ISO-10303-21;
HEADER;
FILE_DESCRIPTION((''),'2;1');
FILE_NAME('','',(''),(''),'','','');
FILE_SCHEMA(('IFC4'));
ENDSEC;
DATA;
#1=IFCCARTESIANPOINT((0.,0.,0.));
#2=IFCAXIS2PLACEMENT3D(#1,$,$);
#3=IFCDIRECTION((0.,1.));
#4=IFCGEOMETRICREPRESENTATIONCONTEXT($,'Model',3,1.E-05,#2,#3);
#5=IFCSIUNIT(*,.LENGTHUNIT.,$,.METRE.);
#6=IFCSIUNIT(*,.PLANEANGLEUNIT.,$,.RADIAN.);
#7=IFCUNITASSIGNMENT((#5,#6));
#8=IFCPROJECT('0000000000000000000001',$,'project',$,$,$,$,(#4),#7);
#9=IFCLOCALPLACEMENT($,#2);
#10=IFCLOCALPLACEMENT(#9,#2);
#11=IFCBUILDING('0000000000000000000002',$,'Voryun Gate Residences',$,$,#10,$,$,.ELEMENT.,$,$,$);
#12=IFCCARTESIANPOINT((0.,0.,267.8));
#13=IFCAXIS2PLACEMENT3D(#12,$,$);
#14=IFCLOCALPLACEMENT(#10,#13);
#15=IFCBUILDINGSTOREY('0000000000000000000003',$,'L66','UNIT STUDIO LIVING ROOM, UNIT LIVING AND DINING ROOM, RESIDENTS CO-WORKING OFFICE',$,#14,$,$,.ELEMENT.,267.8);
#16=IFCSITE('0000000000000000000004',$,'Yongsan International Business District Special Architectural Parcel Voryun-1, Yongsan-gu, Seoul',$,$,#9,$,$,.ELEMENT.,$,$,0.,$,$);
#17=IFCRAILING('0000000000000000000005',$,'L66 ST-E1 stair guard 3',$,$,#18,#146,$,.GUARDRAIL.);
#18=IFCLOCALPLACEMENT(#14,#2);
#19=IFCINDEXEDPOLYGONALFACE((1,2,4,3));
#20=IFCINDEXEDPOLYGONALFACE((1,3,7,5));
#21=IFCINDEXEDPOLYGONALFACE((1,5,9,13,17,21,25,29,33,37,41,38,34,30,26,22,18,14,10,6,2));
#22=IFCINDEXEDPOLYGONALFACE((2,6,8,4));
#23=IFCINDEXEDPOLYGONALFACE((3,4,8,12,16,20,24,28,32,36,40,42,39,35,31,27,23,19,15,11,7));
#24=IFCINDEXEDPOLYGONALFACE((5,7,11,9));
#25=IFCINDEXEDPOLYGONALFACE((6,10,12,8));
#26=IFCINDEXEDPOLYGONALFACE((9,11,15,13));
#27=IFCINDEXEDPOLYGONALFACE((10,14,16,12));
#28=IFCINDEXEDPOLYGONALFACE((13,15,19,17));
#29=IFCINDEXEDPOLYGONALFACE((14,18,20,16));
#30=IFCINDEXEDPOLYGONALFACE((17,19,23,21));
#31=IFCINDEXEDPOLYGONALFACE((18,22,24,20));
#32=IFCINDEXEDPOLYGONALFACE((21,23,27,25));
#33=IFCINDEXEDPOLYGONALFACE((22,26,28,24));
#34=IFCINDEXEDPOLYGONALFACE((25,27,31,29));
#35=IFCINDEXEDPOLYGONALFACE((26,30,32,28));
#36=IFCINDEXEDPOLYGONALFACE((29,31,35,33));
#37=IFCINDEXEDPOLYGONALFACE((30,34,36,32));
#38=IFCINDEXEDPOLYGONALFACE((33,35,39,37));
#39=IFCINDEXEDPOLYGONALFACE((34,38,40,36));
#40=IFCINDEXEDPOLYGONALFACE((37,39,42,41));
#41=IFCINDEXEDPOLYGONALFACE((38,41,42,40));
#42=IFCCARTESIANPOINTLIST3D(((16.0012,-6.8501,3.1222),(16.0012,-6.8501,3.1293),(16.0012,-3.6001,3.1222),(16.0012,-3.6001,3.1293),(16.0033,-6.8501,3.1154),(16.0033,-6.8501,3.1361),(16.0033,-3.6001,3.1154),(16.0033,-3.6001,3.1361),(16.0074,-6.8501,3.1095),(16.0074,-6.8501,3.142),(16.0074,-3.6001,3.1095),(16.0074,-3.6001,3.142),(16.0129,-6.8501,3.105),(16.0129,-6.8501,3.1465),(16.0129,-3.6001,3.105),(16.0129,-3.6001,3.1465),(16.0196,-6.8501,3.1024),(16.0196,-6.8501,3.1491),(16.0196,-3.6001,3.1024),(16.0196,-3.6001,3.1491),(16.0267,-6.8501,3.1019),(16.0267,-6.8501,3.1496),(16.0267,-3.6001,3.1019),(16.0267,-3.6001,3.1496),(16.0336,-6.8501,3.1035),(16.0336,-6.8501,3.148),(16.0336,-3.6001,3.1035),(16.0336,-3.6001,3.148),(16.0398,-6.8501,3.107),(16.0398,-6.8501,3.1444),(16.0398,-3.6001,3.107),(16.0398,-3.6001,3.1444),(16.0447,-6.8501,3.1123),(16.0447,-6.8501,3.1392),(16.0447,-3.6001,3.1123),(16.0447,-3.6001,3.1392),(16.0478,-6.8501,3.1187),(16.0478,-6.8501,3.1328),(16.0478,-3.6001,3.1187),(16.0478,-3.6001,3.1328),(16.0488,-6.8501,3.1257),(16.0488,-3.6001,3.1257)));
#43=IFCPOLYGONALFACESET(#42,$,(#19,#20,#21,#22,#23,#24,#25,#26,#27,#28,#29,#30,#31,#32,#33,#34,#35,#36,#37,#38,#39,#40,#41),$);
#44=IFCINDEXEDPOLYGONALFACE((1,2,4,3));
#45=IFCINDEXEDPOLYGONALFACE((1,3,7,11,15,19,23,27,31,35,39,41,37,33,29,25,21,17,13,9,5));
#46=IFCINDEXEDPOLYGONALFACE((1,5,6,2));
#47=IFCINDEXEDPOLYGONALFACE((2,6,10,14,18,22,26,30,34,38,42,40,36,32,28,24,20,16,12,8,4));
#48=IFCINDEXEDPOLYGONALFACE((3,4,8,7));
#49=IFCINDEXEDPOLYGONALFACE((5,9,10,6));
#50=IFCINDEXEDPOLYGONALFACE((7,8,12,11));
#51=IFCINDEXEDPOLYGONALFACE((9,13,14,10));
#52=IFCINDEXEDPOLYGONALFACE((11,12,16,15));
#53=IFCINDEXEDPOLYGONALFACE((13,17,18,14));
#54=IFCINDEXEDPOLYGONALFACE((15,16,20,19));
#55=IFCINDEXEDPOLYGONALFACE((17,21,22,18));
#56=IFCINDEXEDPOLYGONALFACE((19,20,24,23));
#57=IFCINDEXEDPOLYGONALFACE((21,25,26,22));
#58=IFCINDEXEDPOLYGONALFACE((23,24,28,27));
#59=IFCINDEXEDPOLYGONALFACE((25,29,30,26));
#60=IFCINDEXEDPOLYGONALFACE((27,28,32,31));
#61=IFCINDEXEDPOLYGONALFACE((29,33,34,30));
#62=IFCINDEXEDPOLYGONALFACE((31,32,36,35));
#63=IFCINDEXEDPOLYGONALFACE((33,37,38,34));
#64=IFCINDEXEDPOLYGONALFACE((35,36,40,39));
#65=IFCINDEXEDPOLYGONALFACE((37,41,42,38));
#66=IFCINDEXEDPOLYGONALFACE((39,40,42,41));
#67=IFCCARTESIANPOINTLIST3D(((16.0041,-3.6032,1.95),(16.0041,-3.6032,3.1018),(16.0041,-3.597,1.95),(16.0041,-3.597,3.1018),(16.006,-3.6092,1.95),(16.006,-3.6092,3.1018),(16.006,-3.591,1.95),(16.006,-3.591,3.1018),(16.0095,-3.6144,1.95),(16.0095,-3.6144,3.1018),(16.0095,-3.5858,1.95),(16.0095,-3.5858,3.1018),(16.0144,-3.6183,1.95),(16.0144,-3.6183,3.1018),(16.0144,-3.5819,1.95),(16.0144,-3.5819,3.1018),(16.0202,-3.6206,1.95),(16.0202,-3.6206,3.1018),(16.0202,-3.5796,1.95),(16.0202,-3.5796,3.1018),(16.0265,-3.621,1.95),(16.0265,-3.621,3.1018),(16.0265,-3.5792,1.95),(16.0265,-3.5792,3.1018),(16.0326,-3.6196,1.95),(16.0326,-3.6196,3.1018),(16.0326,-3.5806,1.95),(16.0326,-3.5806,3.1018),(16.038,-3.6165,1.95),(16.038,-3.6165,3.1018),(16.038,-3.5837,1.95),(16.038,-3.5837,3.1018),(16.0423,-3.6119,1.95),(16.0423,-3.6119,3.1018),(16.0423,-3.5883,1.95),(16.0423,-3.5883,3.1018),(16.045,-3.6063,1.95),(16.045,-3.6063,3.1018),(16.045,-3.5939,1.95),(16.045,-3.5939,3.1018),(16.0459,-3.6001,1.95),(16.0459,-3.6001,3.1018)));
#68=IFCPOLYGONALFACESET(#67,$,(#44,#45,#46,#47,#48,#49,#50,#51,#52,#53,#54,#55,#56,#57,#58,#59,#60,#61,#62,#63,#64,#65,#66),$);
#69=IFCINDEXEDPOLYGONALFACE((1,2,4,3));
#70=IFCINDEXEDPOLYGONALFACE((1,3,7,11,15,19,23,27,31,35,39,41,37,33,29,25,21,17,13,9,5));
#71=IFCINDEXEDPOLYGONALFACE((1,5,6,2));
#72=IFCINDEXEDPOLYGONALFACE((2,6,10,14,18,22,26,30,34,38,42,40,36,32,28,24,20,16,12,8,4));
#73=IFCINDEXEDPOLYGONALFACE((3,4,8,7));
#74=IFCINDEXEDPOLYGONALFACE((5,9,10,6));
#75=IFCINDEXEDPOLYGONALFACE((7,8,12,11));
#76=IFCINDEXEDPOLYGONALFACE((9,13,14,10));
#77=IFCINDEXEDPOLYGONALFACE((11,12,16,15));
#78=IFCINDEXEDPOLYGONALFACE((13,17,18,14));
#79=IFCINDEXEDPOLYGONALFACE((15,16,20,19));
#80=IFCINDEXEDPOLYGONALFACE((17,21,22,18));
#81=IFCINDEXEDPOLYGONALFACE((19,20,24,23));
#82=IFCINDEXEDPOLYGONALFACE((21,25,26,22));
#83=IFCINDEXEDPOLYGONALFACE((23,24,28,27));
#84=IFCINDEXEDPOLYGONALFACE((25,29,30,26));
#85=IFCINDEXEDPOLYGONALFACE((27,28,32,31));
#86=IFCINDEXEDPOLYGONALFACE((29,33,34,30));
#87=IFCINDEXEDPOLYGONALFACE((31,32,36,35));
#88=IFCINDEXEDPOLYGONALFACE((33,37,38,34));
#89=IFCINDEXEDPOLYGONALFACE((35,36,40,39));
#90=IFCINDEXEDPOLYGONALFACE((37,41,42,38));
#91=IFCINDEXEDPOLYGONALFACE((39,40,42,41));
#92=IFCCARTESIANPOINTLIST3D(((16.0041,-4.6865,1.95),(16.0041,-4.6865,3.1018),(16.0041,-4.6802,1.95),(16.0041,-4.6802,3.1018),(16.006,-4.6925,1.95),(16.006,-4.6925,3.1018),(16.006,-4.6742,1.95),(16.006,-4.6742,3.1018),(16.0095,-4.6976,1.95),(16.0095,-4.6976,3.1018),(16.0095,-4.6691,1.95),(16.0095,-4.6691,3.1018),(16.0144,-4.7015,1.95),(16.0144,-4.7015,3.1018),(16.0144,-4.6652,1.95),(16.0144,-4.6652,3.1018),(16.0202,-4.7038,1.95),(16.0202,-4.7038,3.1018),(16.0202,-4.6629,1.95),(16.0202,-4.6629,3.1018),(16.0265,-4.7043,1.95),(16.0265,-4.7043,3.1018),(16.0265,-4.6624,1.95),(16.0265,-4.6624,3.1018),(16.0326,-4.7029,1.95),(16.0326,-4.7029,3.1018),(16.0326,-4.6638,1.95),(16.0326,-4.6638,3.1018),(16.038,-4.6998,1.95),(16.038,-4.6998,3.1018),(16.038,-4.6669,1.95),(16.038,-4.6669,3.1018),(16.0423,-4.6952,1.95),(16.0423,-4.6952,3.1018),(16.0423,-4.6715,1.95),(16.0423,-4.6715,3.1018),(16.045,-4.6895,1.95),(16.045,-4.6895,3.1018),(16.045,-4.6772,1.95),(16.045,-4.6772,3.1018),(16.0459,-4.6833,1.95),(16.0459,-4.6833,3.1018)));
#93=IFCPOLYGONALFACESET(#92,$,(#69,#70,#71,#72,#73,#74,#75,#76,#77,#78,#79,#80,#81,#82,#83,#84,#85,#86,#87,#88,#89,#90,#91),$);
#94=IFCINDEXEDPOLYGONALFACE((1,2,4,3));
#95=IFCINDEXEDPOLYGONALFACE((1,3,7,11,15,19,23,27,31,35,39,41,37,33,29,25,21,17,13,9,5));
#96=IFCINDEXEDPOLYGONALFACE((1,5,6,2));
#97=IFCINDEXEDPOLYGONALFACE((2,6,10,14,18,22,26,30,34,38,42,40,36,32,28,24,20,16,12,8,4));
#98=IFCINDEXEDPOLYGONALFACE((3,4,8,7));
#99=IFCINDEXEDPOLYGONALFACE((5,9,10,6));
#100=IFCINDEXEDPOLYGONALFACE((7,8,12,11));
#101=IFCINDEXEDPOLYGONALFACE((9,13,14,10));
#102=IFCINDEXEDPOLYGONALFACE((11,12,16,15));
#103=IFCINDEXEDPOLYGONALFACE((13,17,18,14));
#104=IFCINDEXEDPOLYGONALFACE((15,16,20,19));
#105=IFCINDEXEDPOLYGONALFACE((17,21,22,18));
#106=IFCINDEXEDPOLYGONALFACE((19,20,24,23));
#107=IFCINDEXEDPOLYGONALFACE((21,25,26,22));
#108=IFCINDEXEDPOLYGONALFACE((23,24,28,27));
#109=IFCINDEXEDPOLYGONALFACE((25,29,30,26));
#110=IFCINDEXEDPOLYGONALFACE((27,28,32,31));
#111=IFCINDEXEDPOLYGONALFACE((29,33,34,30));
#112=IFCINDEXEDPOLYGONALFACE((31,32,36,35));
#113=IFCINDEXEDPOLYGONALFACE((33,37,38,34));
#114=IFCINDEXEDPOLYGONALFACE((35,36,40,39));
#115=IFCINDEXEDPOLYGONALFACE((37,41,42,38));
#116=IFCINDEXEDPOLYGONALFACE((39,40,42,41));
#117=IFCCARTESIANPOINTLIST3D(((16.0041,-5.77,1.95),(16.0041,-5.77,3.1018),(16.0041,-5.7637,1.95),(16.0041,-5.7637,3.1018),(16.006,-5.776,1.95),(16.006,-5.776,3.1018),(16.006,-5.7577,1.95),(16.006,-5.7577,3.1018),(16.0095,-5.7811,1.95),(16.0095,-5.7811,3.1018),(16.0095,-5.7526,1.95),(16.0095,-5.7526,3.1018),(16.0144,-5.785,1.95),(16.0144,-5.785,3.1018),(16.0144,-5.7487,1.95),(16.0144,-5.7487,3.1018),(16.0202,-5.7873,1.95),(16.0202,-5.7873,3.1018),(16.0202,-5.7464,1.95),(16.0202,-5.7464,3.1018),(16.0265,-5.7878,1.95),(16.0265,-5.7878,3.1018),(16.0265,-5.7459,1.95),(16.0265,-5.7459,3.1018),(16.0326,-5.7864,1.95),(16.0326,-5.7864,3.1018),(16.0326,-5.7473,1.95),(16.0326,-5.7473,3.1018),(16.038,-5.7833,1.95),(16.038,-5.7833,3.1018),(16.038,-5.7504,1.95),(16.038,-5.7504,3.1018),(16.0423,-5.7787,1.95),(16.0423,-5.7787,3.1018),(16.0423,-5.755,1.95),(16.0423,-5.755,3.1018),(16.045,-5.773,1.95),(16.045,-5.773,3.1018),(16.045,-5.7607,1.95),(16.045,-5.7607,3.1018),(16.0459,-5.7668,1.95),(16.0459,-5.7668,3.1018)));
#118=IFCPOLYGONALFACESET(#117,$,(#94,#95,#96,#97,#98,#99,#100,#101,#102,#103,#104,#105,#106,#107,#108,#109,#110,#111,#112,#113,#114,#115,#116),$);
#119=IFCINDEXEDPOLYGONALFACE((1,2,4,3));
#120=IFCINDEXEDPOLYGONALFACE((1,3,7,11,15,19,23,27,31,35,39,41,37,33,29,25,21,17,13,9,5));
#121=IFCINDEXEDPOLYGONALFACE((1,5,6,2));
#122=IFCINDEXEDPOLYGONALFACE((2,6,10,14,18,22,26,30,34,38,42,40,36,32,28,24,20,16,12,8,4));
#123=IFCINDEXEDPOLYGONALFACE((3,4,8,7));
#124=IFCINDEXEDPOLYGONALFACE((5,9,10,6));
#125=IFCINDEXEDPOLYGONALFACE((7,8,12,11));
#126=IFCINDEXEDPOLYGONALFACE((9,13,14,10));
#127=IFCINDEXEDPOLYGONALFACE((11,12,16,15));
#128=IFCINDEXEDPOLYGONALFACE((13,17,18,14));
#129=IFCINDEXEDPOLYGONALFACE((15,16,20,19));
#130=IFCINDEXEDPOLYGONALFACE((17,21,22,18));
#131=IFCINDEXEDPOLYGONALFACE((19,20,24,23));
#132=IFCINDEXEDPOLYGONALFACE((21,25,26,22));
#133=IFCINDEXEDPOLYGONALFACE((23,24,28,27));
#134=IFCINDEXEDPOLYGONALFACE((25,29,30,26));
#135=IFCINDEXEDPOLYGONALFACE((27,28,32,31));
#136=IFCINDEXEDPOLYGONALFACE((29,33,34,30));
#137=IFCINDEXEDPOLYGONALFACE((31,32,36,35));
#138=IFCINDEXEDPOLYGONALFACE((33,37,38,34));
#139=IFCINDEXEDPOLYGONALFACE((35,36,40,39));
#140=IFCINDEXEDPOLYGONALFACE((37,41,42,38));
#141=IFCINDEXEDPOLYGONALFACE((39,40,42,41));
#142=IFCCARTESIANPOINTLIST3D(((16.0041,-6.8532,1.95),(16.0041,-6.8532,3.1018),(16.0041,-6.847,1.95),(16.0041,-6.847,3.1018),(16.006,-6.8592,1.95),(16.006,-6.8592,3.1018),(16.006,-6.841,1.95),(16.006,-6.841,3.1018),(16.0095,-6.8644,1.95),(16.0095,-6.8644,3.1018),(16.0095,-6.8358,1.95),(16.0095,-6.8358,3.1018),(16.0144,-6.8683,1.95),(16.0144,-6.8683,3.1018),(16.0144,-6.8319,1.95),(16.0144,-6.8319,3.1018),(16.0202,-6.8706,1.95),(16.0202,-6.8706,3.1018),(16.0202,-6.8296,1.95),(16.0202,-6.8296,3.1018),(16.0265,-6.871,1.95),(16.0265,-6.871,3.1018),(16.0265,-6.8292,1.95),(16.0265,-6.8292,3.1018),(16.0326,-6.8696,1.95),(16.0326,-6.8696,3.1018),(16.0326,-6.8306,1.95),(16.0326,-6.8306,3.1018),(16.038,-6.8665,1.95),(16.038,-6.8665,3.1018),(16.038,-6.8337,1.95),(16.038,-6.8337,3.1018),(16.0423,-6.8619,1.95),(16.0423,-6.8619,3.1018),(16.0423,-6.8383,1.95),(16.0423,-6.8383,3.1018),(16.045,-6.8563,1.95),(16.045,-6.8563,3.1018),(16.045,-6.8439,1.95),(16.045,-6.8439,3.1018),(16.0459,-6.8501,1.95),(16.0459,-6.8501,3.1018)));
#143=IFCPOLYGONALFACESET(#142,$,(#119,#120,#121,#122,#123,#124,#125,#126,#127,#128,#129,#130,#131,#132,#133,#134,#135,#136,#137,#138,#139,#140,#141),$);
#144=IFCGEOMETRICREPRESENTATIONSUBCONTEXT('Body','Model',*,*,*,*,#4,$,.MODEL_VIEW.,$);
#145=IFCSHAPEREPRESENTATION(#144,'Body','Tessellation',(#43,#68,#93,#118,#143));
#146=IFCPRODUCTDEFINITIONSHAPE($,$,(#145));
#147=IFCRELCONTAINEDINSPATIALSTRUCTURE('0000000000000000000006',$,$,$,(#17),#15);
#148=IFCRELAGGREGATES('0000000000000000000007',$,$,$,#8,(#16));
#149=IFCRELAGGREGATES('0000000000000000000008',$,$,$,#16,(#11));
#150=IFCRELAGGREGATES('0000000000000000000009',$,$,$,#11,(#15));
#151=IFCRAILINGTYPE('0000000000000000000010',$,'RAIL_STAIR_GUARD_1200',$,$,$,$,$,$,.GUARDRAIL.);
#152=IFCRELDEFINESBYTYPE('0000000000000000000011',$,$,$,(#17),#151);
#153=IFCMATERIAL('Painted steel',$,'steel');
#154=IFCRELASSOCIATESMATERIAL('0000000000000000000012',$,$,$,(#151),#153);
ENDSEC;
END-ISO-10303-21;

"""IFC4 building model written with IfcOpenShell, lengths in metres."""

from ifc_helpers import new_model, si_unit, direction, frame, origin, origin_2d, place, context, subcontext, project, spatial, circle, extrude, material, type_object, element, save


model = new_model("IFC4")

# Units and contexts
model_context = context("Model", 3, precision=1e-05, world=origin(), true_north=direction((0.0, 1.0)))
body_context = subcontext(model_context, "Body", "Model", "MODEL_VIEW")
ifc_project = project(units=[si_unit("LENGTHUNIT", "METRE"), si_unit("PLANEANGLEUNIT", "RADIAN")], contexts=[model_context])

# Site, building, storey
site_placement = place(None, origin())
site = spatial("IfcSite", under=ifc_project, at=site_placement, Name="Yongsan International Business District Special Architectural Parcel Voryun-1, Yongsan-gu, Seoul", CompositionType="ELEMENT", RefElevation=0.0)
building_placement = place(site_placement, origin())
building = spatial("IfcBuilding", under=site, at=building_placement, Name="Voryun Gate Residences", CompositionType="ELEMENT")
storey_placement = place(building_placement, frame((0.0, 0.0, 267.8)))
storey = spatial("IfcBuildingStorey", under=building, at=storey_placement, Name="L66", Description="UNIT STUDIO LIVING ROOM, UNIT LIVING AND DINING ROOM, RESIDENTS CO-WORKING OFFICE", CompositionType="ELEMENT", Elevation=267.8)

# Railing
ifc_material_1 = material(Name="Painted steel", Category="steel")
railing_type_1 = type_object("IfcRailingType", Name="RAIL_STAIR_GUARD_1200", PredefinedType="GUARDRAIL", material=ifc_material_1)
for number, where, name in (
    (1, (16.0249, -3.6001, 1.95), "L66 ST-E1 stair guard 3"),
):
    element("IfcRailing", number, at=place(storey_placement, frame(where)), inside=storey, type_object=railing_type_1, Name=name, PredefinedType="GUARDRAIL", context=body_context, shape_type="SweptSolid", body=[
        extrude(circle(Radius=0.0239, at=origin_2d()), frame((0.0, 0.0, 1.1758), z_axis=(0.0, -1.0, 0.0), x_axis=(1.0, 0.0, 0.0)), (0.0, 0.0, 1.0), 3.25),
        extrude(circle(Radius=0.021, at=origin_2d()), origin(), (0.0, 0.0, 1.0), 1.1519),
        extrude(circle(Radius=0.021, at=origin_2d()), frame((0.0, -1.0833, 0.0)), (0.0, 0.0, 1.0), 1.1519),
        extrude(circle(Radius=0.021, at=origin_2d()), frame((0.0, -2.1667, 0.0)), (0.0, 0.0, 1.0), 1.1519),
        extrude(circle(Radius=0.021, at=origin_2d()), frame((0.0, -3.25, 0.0)), (0.0, 0.0, 1.0), 1.1519),
    ])

save(model, "model.ifc")
